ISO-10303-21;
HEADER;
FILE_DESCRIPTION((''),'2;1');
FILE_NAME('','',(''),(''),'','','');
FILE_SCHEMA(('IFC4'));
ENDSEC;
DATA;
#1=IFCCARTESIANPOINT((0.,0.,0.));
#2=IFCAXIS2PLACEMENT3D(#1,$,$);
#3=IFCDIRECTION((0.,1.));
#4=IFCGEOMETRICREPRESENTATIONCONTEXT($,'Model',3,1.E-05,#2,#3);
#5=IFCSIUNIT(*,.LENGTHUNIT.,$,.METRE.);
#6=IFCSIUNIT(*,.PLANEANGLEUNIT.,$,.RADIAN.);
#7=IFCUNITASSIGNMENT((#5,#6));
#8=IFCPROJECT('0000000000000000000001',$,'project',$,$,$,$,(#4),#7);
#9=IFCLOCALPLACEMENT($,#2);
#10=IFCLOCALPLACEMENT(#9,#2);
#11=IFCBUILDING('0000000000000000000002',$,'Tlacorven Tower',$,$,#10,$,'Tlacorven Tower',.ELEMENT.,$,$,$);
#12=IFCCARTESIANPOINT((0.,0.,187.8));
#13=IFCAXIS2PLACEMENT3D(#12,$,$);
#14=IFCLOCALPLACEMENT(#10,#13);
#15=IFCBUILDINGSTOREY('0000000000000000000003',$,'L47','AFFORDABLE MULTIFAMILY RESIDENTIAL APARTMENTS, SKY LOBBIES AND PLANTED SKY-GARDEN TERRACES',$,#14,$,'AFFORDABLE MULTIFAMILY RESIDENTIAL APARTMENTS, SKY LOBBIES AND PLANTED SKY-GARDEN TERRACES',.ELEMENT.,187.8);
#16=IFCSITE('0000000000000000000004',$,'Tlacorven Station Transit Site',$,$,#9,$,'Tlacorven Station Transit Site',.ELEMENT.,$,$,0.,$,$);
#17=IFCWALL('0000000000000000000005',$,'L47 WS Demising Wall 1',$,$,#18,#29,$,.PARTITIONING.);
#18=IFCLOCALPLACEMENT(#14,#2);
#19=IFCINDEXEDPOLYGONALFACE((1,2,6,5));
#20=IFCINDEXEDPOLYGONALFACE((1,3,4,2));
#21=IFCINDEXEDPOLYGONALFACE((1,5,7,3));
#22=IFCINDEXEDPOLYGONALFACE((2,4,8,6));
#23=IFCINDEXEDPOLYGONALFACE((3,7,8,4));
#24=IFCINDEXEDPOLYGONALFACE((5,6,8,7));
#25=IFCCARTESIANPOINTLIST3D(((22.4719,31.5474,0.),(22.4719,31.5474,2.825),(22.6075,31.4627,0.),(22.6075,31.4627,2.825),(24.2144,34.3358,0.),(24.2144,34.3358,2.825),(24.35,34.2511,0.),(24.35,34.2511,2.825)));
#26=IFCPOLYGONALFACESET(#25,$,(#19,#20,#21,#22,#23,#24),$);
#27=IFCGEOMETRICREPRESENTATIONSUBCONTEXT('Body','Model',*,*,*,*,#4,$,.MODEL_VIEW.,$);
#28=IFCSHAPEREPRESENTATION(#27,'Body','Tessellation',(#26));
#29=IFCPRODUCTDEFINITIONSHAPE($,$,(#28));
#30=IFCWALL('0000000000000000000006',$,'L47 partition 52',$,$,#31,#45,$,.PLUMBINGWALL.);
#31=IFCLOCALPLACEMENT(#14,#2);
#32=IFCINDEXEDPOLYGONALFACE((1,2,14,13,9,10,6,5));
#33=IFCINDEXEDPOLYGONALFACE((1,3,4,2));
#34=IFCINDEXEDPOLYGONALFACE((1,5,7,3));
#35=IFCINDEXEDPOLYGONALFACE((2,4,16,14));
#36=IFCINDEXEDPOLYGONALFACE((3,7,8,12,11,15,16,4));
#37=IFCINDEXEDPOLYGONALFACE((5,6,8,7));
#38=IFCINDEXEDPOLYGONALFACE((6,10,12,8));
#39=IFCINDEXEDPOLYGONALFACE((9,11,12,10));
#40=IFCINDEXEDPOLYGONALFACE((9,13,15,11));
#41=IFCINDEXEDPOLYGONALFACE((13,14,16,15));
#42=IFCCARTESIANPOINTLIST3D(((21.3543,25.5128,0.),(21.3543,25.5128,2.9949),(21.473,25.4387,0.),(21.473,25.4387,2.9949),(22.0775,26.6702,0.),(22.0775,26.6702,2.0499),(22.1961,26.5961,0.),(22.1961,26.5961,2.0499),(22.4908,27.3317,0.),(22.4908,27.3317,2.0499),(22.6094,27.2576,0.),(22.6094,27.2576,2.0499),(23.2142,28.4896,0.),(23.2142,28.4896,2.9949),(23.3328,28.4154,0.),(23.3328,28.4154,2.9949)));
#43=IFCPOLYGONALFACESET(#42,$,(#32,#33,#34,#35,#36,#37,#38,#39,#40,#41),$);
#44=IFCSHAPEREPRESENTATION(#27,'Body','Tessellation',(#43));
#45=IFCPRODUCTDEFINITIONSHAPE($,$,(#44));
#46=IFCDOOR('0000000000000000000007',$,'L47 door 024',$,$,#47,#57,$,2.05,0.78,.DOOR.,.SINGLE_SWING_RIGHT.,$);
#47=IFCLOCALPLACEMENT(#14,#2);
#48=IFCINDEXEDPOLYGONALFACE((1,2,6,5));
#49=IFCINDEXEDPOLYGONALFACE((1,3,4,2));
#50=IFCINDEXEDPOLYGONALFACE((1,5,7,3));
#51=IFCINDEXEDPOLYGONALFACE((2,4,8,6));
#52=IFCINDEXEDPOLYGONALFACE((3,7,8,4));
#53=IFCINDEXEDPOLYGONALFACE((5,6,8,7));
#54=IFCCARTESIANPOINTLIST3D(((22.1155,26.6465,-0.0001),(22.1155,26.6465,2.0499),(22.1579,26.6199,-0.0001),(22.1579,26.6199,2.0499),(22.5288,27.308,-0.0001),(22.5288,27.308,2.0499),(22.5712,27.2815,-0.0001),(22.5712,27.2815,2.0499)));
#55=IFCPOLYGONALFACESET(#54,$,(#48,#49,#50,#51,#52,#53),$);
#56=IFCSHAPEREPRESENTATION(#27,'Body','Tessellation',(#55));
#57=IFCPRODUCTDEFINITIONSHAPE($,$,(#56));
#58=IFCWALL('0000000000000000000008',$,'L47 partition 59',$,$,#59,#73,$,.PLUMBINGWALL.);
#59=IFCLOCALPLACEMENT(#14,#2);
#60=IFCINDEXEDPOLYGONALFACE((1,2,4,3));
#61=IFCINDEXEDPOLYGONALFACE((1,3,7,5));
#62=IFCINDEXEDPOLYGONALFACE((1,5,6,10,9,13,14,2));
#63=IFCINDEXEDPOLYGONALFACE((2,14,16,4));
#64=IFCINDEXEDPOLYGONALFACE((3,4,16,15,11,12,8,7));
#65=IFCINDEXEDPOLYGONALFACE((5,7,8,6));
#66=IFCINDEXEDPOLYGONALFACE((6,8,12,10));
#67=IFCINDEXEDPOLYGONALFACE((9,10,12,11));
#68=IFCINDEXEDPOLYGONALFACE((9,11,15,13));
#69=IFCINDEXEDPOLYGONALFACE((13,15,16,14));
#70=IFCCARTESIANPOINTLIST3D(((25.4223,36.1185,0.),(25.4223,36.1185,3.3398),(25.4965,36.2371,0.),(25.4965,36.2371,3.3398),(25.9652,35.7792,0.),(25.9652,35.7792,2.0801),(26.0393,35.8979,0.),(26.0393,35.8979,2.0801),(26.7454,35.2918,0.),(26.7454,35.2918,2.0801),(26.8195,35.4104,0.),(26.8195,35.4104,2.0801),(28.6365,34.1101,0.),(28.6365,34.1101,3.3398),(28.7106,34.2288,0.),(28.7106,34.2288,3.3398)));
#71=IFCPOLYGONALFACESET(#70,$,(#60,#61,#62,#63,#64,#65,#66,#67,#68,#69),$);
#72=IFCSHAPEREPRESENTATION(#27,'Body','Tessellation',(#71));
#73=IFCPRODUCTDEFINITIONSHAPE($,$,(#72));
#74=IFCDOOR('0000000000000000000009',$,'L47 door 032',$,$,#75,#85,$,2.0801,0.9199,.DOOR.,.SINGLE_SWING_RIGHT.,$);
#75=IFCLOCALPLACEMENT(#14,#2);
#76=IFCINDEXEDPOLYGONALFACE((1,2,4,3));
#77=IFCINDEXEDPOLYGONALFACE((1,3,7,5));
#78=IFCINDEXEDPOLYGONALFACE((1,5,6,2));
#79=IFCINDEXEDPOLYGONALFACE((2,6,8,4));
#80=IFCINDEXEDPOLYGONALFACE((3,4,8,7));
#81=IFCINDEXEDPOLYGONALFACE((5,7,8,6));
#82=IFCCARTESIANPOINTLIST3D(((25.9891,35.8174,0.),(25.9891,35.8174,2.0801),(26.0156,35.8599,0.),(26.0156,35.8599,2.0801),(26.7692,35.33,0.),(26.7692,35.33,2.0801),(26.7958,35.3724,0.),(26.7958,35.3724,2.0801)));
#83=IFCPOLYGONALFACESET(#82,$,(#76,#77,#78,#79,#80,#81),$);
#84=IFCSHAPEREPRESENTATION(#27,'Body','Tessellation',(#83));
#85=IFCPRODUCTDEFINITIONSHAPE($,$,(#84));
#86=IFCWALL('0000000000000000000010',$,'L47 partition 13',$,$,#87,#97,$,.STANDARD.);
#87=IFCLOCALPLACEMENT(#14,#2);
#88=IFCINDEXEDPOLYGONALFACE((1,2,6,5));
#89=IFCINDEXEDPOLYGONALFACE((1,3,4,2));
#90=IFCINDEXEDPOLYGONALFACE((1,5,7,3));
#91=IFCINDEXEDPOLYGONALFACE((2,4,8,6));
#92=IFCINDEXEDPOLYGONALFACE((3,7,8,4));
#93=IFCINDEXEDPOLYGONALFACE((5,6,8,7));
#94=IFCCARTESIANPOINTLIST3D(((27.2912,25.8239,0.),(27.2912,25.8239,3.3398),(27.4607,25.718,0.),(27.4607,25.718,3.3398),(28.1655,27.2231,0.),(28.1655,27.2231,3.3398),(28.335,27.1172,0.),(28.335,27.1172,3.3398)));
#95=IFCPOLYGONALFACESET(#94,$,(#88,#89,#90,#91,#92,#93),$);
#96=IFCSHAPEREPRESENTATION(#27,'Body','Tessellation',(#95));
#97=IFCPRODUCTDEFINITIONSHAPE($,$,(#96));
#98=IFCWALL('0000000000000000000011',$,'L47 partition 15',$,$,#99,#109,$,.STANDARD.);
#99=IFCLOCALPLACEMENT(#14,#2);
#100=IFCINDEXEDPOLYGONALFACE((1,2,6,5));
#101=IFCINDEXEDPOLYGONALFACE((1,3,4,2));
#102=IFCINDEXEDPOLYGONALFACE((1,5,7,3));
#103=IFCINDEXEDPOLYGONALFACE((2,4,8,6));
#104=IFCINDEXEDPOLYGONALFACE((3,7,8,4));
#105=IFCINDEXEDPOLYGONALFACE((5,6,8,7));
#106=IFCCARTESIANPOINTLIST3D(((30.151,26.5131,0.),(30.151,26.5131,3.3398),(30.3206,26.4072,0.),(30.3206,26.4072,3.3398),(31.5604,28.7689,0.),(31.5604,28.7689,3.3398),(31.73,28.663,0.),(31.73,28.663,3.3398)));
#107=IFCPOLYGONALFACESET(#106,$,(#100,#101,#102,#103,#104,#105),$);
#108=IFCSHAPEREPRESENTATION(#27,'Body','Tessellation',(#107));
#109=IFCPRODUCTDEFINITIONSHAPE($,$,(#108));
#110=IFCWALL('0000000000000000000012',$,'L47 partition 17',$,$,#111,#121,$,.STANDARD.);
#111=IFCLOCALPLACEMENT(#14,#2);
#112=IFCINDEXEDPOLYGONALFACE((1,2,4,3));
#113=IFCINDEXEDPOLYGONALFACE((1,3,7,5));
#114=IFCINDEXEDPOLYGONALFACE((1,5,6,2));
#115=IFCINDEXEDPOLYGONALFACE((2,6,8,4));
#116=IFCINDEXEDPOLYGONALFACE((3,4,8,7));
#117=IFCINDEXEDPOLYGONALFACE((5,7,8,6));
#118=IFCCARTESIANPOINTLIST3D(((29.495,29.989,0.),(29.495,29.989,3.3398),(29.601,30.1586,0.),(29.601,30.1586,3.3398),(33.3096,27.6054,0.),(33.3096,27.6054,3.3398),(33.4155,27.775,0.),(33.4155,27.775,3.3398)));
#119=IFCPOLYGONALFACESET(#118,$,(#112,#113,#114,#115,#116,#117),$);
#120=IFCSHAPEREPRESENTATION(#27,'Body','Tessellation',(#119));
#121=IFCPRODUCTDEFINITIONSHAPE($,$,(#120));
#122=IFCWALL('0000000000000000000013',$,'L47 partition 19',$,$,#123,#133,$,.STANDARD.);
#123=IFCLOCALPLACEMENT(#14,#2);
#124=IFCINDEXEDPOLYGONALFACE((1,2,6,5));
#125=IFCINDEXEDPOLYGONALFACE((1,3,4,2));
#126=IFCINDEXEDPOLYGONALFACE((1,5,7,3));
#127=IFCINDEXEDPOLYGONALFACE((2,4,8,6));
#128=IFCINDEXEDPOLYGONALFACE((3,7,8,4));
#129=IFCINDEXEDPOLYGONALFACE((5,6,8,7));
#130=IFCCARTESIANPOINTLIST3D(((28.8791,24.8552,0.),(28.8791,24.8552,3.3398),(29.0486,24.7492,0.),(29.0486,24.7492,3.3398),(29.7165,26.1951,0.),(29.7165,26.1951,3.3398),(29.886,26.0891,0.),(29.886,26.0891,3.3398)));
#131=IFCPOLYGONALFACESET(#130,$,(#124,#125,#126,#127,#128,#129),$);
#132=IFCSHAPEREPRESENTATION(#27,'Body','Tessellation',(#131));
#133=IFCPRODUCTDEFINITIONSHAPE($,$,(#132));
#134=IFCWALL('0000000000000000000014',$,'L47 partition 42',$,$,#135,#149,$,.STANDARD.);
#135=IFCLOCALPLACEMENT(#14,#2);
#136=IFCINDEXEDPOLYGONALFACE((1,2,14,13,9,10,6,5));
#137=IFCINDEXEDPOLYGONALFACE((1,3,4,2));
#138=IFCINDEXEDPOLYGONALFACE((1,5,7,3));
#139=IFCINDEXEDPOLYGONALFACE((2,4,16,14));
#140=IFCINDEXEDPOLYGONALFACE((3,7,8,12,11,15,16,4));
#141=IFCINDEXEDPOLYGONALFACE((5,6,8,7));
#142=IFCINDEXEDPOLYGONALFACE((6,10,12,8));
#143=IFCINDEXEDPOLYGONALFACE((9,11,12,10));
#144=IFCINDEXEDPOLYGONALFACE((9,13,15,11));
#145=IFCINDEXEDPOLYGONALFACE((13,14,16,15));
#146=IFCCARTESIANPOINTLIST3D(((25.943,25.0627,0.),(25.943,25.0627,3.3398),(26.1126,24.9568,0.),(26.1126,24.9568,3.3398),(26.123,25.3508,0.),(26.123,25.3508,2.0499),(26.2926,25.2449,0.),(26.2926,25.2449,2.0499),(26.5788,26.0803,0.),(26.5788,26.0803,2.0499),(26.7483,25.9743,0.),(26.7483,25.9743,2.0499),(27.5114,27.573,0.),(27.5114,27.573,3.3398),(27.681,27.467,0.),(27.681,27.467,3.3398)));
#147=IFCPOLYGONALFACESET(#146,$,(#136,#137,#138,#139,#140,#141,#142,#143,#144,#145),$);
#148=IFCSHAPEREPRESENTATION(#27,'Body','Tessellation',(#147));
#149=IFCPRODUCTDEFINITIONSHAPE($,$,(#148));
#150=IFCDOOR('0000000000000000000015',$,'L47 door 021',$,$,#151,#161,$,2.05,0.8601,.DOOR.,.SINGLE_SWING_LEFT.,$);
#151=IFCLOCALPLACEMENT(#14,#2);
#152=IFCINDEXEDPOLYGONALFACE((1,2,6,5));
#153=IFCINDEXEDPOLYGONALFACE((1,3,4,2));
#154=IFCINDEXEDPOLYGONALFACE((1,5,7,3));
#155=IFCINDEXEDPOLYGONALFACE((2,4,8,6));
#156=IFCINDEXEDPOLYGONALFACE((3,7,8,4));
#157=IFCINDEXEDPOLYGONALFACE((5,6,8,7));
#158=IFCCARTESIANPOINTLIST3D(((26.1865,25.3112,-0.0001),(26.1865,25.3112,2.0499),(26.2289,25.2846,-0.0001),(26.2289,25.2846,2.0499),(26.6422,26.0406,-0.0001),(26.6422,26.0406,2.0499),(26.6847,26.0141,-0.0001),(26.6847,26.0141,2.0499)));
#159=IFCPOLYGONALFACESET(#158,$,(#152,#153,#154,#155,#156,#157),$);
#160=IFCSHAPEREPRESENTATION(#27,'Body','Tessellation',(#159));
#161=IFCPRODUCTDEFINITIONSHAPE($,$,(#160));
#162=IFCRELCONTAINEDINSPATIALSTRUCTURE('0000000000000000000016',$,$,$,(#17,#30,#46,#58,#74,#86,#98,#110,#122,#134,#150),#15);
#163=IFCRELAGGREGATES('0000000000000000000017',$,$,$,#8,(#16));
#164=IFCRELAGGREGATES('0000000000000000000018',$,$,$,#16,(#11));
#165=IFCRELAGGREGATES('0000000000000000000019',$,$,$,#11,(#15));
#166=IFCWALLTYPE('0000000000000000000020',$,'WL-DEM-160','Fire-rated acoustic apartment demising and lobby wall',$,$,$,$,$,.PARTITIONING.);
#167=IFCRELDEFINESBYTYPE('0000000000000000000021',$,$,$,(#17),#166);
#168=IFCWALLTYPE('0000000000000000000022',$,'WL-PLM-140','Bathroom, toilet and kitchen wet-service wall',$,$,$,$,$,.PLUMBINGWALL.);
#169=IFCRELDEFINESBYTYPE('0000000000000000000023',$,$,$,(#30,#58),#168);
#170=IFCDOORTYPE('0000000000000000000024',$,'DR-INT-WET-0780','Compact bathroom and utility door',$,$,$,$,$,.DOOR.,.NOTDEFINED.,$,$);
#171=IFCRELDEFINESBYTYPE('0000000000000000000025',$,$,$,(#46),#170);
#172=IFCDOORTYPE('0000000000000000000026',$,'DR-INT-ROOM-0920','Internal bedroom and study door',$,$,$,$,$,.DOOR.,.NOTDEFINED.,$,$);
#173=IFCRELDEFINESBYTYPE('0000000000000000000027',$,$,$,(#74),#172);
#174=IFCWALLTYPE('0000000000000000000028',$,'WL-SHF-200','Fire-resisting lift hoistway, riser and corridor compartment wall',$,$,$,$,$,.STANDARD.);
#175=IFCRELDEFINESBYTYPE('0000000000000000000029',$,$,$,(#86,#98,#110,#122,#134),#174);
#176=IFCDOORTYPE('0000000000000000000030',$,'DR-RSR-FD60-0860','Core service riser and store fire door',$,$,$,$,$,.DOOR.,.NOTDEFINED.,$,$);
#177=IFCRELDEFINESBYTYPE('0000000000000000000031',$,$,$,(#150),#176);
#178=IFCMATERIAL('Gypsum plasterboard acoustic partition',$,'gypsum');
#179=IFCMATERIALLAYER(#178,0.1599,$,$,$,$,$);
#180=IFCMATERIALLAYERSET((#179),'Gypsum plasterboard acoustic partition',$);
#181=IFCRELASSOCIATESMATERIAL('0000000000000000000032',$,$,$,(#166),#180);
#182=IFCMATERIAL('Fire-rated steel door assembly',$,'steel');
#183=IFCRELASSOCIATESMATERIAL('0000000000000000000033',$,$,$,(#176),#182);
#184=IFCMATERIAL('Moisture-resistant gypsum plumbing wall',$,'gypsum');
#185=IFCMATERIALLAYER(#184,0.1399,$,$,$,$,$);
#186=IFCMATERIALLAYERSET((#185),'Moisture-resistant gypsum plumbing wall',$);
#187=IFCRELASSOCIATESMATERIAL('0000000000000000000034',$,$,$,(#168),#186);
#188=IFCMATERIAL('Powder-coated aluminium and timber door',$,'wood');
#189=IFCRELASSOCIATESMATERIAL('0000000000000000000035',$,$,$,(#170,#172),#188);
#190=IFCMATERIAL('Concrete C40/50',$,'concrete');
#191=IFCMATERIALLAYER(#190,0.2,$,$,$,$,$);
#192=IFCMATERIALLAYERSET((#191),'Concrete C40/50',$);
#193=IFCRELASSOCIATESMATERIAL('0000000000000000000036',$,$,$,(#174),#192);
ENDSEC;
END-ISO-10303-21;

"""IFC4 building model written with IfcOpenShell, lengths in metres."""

from ifc_helpers import new_model, si_unit, direction, frame, frame_2d, origin, place, context, subcontext, project, spatial, rectangle, extrude, source, transform, mapped, material, layer, layer_set, type_object, element, fill, save


model = new_model("IFC4")

# Units and contexts
model_context = context("Model", 3, precision=1e-05, world=origin(), true_north=direction((0.0, 1.0)))
body_context = subcontext(model_context, "Body", "Model", "MODEL_VIEW")
ifc_project = project(units=[si_unit("LENGTHUNIT", "METRE"), si_unit("PLANEANGLEUNIT", "RADIAN")], contexts=[model_context])

# Site, building, storey
site_placement = place(None, origin())
site = spatial("IfcSite", under=ifc_project, at=site_placement, Name="Tlacorven Station Transit Site", LongName="Tlacorven Station Transit Site", CompositionType="ELEMENT", RefElevation=0.0)
building_placement = place(site_placement, origin())
building = spatial("IfcBuilding", under=site, at=building_placement, Name="Tlacorven Tower", LongName="Tlacorven Tower", CompositionType="ELEMENT")
storey_placement = place(building_placement, frame((0.0, 0.0, 187.8)))
storey = spatial("IfcBuildingStorey", under=building, at=storey_placement, Name="L47", Description="AFFORDABLE MULTIFAMILY RESIDENTIAL APARTMENTS, SKY LOBBIES AND PLANTED SKY-GARDEN TERRACES", LongName="AFFORDABLE MULTIFAMILY RESIDENTIAL APARTMENTS, SKY LOBBIES AND PLANTED SKY-GARDEN TERRACES", CompositionType="ELEMENT", Elevation=187.8)

# Shared definitions
ifc_material_1 = material(Name="Gypsum plasterboard acoustic partition", Category="gypsum")
ifc_layer_1 = layer(ifc_material_1, 0.1599)
ifc_layer_set_1 = layer_set([ifc_layer_1], Name="Gypsum plasterboard acoustic partition")
wall_type_1 = type_object("IfcWallType", Name="WL-DEM-160", Description="Fire-rated acoustic apartment demising and lobby wall", PredefinedType="PARTITIONING", material=ifc_layer_set_1)

# Shared definitions
ifc_material_2 = material(Name="Fire-rated steel door assembly", Category="steel")
door_type_1 = type_object("IfcDoorType", Name="DR-RSR-FD60-0860", Description="Core service riser and store fire door", OperationType="NOTDEFINED", PredefinedType="DOOR", material=ifc_material_2)
shared_shape_1 = source(origin(), body_context, "Body", "SweptSolid", [
    extrude(rectangle(XDim=0.8601, YDim=2.05, at=frame_2d((0.4302, 1.0249))), frame((0.0, 0.0249, 0.0), z_axis=(0.0, -1.0, 0.0), x_axis=(1.0, 0.0, 0.0)), (0.0, 0.0, 1.0), 0.05),
])

# Wall
wall_1_placement = place(storey_placement, frame((24.2822, 34.2935, 0.0), z_axis=(0.0, 0.0, 1.0), x_axis=(-0.529939, -0.848036, 0.0)))
element("IfcWall", 1, at=wall_1_placement, inside=storey, type_object=wall_type_1, Name="L47 WS Demising Wall 1", PredefinedType="PARTITIONING", context=body_context, shape_type="SweptSolid", body=[
    extrude(rectangle(XDim=3.2881, YDim=0.1599, at=frame_2d((1.644, 0.0))), origin(), (0.0, 0.0, 1.0), 2.825),
])

# Walls, openings, doors
ifc_material_3 = material(Name="Moisture-resistant gypsum plumbing wall", Category="gypsum")
ifc_layer_2 = layer(ifc_material_3, 0.1399)
ifc_layer_set_2 = layer_set([ifc_layer_2], Name="Moisture-resistant gypsum plumbing wall")
wall_type_2 = type_object("IfcWallType", Name="WL-PLM-140", Description="Bathroom, toilet and kitchen wet-service wall", PredefinedType="PLUMBINGWALL", material=ifc_layer_set_2)
wall_2_placement = place(storey_placement, frame((23.2734, 28.4524, 0.0), z_axis=(0.0, 0.0, 1.0), x_axis=(-0.529868, -0.84808, 0.0)))
wall_2 = element("IfcWall", 2, at=wall_2_placement, inside=storey, type_object=wall_type_2, Name="L47 partition 52", PredefinedType="PLUMBINGWALL", context=body_context, shape_type="SweptSolid", body=[
    extrude(rectangle(XDim=3.51, YDim=0.1399, at=frame_2d((1.7549, 0.0))), origin(), (0.0, 0.0, 1.0), 2.9949),
])
opening_1_placement = place(wall_2_placement, frame((1.365, 0.0, 0.0)))
opening_1 = element("IfcOpeningElement", 3, at=opening_1_placement, cuts=wall_2, PredefinedType="OPENING", context=body_context, shape_type="SweptSolid", body=[
    extrude(rectangle(XDim=0.78, YDim=2.05, at=frame_2d((0.3901, 1.0249))), frame((0.0, 0.0801, 0.0), z_axis=(0.0, -1.0, 0.0), x_axis=(1.0, 0.0, 0.0)), (0.0, 0.0, 1.0), 0.1599),
])
ifc_material_4 = material(Name="Powder-coated aluminium and timber door", Category="wood")
door_type_2 = type_object("IfcDoorType", Name="DR-INT-WET-0780", Description="Compact bathroom and utility door", OperationType="NOTDEFINED", PredefinedType="DOOR", material=ifc_material_4)
shared_shape_2 = source(origin(), body_context, "Body", "SweptSolid", [
    extrude(rectangle(XDim=0.78, YDim=2.05, at=frame_2d((0.3901, 1.0249))), frame((0.0, 0.0249, 0.0), z_axis=(0.0, -1.0, 0.0), x_axis=(1.0, 0.0, 0.0)), (0.0, 0.0, 1.0), 0.05),
])
door_1_placement = place(opening_1_placement, origin())
door_1 = element("IfcDoor", 4, at=door_1_placement, inside=storey, type_object=door_type_2, Name="L47 door 024", OperationType="SINGLE_SWING_RIGHT", OverallHeight=2.05, OverallWidth=0.78, PredefinedType="DOOR", context=body_context, shape_type="MappedRepresentation", body=[
    mapped(shared_shape_2, transform((0.0, 0.0, 0.0), scale=1.0)),
])
fill(opening_1, door_1)
wall_3_placement = place(storey_placement, frame((28.6736, 34.1694, 0.0), z_axis=(0.0, 0.0, 1.0), x_axis=(-0.84806, 0.529901, 0.0)))
wall_3 = element("IfcWall", 5, at=wall_3_placement, inside=storey, type_object=wall_type_2, Name="L47 partition 59", PredefinedType="PLUMBINGWALL", context=body_context, shape_type="SweptSolid", body=[
    extrude(rectangle(XDim=3.79, YDim=0.1399, at=frame_2d((1.895, 0.0))), origin(), (0.0, 0.0, 1.0), 3.3398),
])
opening_2_placement = place(wall_3_placement, frame((2.23, 0.0, 0.0)))
opening_2 = element("IfcOpeningElement", 6, at=opening_2_placement, cuts=wall_3, PredefinedType="OPENING", context=body_context, shape_type="SweptSolid", body=[
    extrude(rectangle(XDim=0.9199, YDim=2.0801, at=frame_2d((0.46, 1.04))), frame((0.0, 0.0801, 0.0), z_axis=(0.0, -1.0, 0.0), x_axis=(1.0, 0.0, 0.0)), (0.0, 0.0, 1.0), 0.1599),
])
door_type_3 = type_object("IfcDoorType", Name="DR-INT-ROOM-0920", Description="Internal bedroom and study door", OperationType="NOTDEFINED", PredefinedType="DOOR", material=ifc_material_4)
shared_shape_3 = source(origin(), body_context, "Body", "SweptSolid", [
    extrude(rectangle(XDim=0.9199, YDim=2.0801, at=frame_2d((0.46, 1.04))), frame((0.0, 0.0249, 0.0), z_axis=(0.0, -1.0, 0.0), x_axis=(1.0, 0.0, 0.0)), (0.0, 0.0, 1.0), 0.05),
])
door_2_placement = place(opening_2_placement, origin())
door_2 = element("IfcDoor", 7, at=door_2_placement, inside=storey, type_object=door_type_3, Name="L47 door 032", OperationType="SINGLE_SWING_RIGHT", OverallHeight=2.0801, OverallWidth=0.9199, PredefinedType="DOOR", context=body_context, shape_type="MappedRepresentation", body=[
    mapped(shared_shape_3, transform((0.0, 0.0, 0.0), scale=1.0)),
])
fill(opening_2, door_2)

# Walls
ifc_material_5 = material(Name="Concrete C40/50", Category="concrete")
ifc_layer_3 = layer(ifc_material_5, 0.2)
ifc_layer_set_3 = layer_set([ifc_layer_3], Name="Concrete C40/50")
wall_type_3 = type_object("IfcWallType", Name="WL-SHF-200", Description="Fire-resisting lift hoistway, riser and corridor compartment wall", PredefinedType="STANDARD", material=ifc_layer_set_3)
wall_4_placement = place(storey_placement, frame((28.2502, 27.1702, 0.0), z_axis=(0.0, 0.0, 1.0), x_axis=(-0.529906, -0.848056, 0.0)))
element("IfcWall", 8, at=wall_4_placement, inside=storey, type_object=wall_type_3, Name="L47 partition 13", PredefinedType="STANDARD", context=body_context, shape_type="SweptSolid", body=[
    extrude(rectangle(XDim=1.6499, YDim=0.2, at=frame_2d((0.825, 0.0))), origin(), (0.0, 0.0, 1.0), 3.3398),
])
wall_5_placement = place(storey_placement, frame((31.6453, 28.7161, 0.0), z_axis=(0.0, 0.0, 1.0), x_axis=(-0.529867, -0.848081, 0.0)))
element("IfcWall", 9, at=wall_5_placement, inside=storey, type_object=wall_type_3, Name="L47 partition 15", PredefinedType="STANDARD", context=body_context, shape_type="SweptSolid", body=[
    extrude(rectangle(XDim=2.6599, YDim=0.2, at=frame_2d((1.3301, 0.0))), origin(), (0.0, 0.0, 1.0), 3.3398),
])
wall_6_placement = place(storey_placement, frame((33.3625, 27.6902, 0.0), z_axis=(0.0, 0.0, 1.0), x_axis=(-0.848047, 0.529921, 0.0)))
element("IfcWall", 10, at=wall_6_placement, inside=storey, type_object=wall_type_3, Name="L47 partition 17", PredefinedType="STANDARD", context=body_context, shape_type="SweptSolid", body=[
    extrude(rectangle(XDim=4.498, YDim=0.2, at=frame_2d((2.249, 0.0))), origin(), (0.0, 0.0, 1.0), 3.3398),
])
wall_7_placement = place(storey_placement, frame((29.8013, 26.1421, 0.0), z_axis=(0.0, 0.0, 1.0), x_axis=(-0.529999, -0.847998, 0.0)))
element("IfcWall", 11, at=wall_7_placement, inside=storey, type_object=wall_type_3, Name="L47 partition 19", PredefinedType="STANDARD", context=body_context, shape_type="SweptSolid", body=[
    extrude(rectangle(XDim=1.5801, YDim=0.2, at=frame_2d((0.79, 0.0))), origin(), (0.0, 0.0, 1.0), 3.3398),
])

# Wall, opening, door
wall_8_placement = place(storey_placement, frame((27.5962, 27.52, 0.0), z_axis=(0.0, 0.0, 1.0), x_axis=(-0.529865, -0.848082, 0.0)))
wall_8 = element("IfcWall", 12, at=wall_8_placement, inside=storey, type_object=wall_type_3, Name="L47 partition 42", PredefinedType="STANDARD", context=body_context, shape_type="SweptSolid", body=[
    extrude(rectangle(XDim=2.96, YDim=0.2, at=frame_2d((1.48, 0.0))), origin(), (0.0, 0.0, 1.0), 3.3398),
])
opening_3_placement = place(wall_8_placement, frame((1.76, 0.0, 0.0)))
opening_3 = element("IfcOpeningElement", 13, at=opening_3_placement, cuts=wall_8, PredefinedType="OPENING", context=body_context, shape_type="SweptSolid", body=[
    extrude(rectangle(XDim=0.8601, YDim=2.05, at=frame_2d((0.4302, 1.0249))), frame((0.0, 0.1099, 0.0), z_axis=(0.0, -1.0, 0.0), x_axis=(1.0, 0.0, 0.0)), (0.0, 0.0, 1.0), 0.22),
])
door_3_placement = place(opening_3_placement, origin())
door_3 = element("IfcDoor", 14, at=door_3_placement, inside=storey, type_object=door_type_1, Name="L47 door 021", OperationType="SINGLE_SWING_LEFT", OverallHeight=2.05, OverallWidth=0.8601, PredefinedType="DOOR", context=body_context, shape_type="MappedRepresentation", body=[
    mapped(shared_shape_1, transform((0.0, 0.0, 0.0), scale=1.0)),
])
fill(opening_3, door_3)

save(model, "model.ifc")
